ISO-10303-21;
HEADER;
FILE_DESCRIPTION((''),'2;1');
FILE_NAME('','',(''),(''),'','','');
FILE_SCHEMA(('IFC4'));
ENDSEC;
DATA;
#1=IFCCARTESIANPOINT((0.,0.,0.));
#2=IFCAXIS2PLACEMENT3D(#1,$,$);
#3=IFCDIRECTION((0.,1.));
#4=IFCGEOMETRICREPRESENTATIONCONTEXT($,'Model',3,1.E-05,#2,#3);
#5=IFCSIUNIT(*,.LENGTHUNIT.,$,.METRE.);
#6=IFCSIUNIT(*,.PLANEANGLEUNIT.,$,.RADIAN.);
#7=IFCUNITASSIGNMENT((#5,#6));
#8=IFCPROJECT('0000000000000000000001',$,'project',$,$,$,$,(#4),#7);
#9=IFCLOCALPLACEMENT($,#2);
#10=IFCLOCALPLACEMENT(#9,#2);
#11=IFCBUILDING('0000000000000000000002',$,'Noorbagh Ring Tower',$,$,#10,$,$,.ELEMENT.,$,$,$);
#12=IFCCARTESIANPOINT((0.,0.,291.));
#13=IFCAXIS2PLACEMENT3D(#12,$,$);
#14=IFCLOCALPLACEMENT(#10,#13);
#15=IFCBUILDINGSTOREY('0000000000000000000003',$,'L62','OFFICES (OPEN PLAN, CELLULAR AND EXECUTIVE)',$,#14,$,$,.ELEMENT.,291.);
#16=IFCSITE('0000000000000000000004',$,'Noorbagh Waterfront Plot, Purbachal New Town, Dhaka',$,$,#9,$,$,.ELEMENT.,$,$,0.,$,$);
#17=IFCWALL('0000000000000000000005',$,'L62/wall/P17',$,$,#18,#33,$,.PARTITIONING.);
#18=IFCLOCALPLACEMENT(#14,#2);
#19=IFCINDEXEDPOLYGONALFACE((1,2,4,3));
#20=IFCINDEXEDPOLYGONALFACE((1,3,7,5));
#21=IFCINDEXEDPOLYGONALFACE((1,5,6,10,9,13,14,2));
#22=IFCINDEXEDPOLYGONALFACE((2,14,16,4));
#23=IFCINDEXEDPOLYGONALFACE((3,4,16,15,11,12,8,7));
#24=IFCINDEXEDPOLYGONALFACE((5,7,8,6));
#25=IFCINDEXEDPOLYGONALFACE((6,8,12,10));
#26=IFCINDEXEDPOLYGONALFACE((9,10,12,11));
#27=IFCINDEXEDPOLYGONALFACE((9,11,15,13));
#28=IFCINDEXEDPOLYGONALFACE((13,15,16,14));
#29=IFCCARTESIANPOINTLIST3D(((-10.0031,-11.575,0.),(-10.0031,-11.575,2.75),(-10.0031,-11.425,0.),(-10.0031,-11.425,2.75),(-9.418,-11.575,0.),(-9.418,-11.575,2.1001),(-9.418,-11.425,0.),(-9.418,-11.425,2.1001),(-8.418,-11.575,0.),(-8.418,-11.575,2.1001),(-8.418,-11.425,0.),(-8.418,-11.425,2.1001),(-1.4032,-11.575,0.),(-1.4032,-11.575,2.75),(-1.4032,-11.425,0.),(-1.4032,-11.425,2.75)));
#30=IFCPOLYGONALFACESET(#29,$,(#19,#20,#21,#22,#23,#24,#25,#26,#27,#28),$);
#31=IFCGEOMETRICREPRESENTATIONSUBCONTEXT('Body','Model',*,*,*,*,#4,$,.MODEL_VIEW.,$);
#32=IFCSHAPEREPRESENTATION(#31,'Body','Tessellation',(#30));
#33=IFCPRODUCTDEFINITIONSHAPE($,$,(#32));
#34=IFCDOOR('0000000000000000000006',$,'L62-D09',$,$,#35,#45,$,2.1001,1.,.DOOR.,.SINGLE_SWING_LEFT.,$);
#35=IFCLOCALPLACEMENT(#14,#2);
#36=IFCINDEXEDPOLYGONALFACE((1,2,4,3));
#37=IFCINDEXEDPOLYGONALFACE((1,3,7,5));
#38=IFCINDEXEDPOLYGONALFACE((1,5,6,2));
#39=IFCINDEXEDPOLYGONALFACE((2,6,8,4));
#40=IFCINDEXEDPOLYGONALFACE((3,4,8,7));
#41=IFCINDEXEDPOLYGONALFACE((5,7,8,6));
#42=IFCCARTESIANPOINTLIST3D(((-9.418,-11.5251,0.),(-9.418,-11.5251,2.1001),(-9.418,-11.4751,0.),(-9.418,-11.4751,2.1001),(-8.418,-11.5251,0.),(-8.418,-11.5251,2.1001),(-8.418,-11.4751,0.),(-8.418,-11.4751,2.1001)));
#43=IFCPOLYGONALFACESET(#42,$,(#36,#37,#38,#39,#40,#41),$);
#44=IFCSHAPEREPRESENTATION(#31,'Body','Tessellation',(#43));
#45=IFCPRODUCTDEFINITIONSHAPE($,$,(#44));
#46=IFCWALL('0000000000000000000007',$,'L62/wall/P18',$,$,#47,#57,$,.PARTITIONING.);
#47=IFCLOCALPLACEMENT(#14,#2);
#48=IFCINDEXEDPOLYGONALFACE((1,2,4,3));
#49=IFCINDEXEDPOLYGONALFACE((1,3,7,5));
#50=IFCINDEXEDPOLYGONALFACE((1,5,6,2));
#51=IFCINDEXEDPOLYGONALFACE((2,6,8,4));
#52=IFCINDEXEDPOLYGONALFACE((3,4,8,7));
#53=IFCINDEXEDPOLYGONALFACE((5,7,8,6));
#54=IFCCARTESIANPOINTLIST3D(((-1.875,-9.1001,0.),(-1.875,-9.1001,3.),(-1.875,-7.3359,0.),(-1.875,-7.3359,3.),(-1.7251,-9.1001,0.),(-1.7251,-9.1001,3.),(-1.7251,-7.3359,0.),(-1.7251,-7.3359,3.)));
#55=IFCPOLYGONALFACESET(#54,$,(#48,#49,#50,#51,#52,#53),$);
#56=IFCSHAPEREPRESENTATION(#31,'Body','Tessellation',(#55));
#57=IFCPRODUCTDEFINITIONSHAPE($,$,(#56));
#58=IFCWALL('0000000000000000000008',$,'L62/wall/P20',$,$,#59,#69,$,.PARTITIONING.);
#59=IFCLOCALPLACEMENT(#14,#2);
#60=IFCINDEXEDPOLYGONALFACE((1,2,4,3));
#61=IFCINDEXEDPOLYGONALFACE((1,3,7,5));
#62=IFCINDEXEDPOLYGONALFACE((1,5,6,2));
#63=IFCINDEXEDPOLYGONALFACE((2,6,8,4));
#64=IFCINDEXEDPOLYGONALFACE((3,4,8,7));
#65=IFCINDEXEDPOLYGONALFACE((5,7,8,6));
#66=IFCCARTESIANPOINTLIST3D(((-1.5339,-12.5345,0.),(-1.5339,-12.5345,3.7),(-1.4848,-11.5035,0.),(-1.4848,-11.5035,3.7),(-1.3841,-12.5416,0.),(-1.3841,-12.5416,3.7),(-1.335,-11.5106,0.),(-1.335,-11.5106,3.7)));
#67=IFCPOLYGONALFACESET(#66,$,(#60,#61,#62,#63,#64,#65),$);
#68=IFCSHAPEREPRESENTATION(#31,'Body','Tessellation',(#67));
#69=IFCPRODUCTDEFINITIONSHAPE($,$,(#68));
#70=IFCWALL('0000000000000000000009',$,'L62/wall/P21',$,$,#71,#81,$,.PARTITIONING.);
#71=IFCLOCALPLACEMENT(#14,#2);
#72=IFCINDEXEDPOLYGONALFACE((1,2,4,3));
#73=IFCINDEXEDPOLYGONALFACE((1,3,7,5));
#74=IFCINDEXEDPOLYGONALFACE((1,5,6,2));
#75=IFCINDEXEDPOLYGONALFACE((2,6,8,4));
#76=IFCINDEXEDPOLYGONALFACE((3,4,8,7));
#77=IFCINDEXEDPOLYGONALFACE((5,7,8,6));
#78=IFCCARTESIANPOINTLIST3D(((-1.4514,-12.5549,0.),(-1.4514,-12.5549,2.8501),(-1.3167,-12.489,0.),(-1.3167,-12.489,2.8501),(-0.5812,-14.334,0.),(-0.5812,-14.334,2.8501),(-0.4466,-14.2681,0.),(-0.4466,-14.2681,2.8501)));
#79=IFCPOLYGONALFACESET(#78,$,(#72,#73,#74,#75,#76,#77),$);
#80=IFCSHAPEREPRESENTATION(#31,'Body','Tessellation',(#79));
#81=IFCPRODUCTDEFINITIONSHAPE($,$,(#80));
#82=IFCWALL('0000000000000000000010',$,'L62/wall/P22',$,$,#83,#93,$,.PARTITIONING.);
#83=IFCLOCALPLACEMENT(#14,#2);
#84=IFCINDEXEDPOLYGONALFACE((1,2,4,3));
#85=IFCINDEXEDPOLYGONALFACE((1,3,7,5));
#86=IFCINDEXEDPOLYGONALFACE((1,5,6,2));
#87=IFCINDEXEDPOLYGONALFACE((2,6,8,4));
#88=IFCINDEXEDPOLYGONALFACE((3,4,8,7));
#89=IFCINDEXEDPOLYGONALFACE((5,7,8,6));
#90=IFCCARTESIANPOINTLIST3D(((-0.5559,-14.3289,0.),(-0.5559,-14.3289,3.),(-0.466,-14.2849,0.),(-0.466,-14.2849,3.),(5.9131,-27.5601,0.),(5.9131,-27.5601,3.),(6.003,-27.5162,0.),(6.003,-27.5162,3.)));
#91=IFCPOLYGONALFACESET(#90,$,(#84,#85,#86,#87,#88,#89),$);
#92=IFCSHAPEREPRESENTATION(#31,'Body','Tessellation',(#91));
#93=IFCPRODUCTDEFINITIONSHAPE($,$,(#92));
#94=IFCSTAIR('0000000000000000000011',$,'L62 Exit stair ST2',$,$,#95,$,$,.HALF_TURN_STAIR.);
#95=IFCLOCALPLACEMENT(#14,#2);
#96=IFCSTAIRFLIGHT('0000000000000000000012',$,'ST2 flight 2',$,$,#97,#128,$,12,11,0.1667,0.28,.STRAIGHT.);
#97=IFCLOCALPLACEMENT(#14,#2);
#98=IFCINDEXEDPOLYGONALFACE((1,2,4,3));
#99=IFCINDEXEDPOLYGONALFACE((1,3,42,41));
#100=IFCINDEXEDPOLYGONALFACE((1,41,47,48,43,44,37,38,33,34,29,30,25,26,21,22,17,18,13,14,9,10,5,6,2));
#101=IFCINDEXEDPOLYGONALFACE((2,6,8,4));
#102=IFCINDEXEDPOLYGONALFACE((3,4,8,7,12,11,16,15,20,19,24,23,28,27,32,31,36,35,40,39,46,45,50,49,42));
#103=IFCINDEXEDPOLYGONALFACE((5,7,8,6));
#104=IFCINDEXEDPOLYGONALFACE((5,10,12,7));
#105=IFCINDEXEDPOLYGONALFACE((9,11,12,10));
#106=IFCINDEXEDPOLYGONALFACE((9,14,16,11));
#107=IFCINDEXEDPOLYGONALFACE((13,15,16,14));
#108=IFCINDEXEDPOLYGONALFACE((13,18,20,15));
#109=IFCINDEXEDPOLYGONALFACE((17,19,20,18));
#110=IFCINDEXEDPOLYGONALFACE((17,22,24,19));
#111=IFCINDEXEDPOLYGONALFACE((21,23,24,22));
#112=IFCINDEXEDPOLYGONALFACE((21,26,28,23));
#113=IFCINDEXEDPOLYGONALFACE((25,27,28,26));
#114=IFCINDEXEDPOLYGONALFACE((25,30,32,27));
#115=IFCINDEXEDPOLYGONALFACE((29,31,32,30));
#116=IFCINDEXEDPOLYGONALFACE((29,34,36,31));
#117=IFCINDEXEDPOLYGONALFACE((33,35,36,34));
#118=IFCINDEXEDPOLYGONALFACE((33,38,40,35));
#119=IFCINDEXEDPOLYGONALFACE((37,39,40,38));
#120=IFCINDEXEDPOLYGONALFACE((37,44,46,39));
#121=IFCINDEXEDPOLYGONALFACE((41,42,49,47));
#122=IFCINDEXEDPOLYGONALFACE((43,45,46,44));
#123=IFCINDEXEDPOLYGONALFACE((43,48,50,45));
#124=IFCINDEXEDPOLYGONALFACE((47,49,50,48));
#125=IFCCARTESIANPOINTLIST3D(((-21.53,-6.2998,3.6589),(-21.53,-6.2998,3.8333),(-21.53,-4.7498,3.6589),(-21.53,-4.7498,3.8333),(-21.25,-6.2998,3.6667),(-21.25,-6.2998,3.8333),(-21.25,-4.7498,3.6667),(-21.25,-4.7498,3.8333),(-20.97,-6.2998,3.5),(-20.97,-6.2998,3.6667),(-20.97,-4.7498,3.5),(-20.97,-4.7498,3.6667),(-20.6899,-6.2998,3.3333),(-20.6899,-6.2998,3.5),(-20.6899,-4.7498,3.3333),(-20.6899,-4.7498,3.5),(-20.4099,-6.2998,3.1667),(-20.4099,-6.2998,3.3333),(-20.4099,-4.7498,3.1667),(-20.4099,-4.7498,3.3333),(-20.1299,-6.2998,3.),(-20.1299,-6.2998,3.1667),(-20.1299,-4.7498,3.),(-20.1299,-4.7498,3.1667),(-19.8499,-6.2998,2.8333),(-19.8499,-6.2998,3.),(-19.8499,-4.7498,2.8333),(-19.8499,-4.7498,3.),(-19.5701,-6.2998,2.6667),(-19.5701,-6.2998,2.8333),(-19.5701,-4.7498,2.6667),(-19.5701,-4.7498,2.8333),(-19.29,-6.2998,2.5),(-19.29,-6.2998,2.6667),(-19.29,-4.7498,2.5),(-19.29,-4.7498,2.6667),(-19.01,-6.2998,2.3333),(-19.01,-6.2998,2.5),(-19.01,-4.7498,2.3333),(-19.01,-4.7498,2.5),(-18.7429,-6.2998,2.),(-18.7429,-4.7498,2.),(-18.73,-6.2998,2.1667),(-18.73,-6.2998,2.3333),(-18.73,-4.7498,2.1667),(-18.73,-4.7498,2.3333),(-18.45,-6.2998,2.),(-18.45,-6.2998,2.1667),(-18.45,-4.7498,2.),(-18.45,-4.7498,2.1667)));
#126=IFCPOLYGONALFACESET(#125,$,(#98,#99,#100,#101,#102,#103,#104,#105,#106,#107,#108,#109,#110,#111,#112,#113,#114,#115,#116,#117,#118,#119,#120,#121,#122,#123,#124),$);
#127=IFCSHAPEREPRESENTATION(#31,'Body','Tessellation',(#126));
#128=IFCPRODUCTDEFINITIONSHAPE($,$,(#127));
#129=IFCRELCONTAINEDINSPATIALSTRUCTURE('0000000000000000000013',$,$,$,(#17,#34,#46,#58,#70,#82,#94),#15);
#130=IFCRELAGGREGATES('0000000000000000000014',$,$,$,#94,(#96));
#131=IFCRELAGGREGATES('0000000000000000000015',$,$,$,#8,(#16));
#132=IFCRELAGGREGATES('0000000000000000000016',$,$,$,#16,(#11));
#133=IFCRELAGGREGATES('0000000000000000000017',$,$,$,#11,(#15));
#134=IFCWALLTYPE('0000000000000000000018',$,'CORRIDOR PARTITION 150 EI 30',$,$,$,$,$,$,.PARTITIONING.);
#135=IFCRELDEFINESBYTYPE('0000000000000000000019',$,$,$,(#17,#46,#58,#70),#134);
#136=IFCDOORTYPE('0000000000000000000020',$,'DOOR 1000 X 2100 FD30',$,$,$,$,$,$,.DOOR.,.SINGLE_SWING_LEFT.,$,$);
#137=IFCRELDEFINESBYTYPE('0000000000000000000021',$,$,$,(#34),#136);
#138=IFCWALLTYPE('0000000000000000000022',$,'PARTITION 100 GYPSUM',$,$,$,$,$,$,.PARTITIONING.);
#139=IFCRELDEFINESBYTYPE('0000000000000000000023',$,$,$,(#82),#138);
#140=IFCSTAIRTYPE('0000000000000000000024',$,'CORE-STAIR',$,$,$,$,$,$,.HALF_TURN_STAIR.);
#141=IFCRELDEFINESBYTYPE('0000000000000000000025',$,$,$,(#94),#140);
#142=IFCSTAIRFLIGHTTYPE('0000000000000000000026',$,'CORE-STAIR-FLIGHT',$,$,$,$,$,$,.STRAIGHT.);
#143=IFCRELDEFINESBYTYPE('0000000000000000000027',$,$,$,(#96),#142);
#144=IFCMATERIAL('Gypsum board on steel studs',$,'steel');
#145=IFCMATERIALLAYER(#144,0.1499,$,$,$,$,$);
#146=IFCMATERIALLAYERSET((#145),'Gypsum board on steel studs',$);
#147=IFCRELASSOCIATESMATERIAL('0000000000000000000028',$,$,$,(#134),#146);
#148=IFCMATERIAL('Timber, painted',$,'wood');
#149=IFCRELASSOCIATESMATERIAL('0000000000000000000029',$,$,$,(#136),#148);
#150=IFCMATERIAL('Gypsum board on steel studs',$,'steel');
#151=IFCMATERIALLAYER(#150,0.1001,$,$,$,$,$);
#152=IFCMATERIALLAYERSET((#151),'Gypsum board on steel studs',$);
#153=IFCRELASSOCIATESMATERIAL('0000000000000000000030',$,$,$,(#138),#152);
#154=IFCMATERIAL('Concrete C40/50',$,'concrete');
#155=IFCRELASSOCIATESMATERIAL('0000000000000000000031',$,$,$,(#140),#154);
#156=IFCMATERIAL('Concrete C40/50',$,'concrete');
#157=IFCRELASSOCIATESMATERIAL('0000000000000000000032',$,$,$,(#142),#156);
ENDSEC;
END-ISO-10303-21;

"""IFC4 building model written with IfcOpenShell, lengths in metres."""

from ifc_helpers import new_model, si_unit, direction, frame, frame_2d, origin, place, context, subcontext, project, spatial, polyline, rectangle, outline, extrude, material, layer, layer_set, type_object, element, fill, aggregate, save


model = new_model("IFC4")

# Units and contexts
model_context = context("Model", 3, precision=1e-05, world=origin(), true_north=direction((0.0, 1.0)))
body_context = subcontext(model_context, "Body", "Model", "MODEL_VIEW")
ifc_project = project(units=[si_unit("LENGTHUNIT", "METRE"), si_unit("PLANEANGLEUNIT", "RADIAN")], contexts=[model_context])

# Site, building, storey
site_placement = place(None, origin())
site = spatial("IfcSite", under=ifc_project, at=site_placement, Name="Noorbagh Waterfront Plot, Purbachal New Town, Dhaka", CompositionType="ELEMENT", RefElevation=0.0)
building_placement = place(site_placement, origin())
building = spatial("IfcBuilding", under=site, at=building_placement, Name="Noorbagh Ring Tower", CompositionType="ELEMENT")
storey_placement = place(building_placement, frame((0.0, 0.0, 291.0)))
storey = spatial("IfcBuildingStorey", under=building, at=storey_placement, Name="L62", Description="OFFICES (OPEN PLAN, CELLULAR AND EXECUTIVE)", CompositionType="ELEMENT", Elevation=291.0)

# Shared definitions
ifc_material_1 = material(Name="Gypsum board on steel studs", Category="steel")
ifc_layer_1 = layer(ifc_material_1, 0.1499)
ifc_layer_set_1 = layer_set([ifc_layer_1], Name="Gypsum board on steel studs")
wall_type_1 = type_object("IfcWallType", Name="CORRIDOR PARTITION 150 EI 30", PredefinedType="PARTITIONING", material=ifc_layer_set_1)

# Shared definitions
ifc_material_2 = material(Name="Timber, painted", Category="wood")
door_type_1 = type_object("IfcDoorType", Name="DOOR 1000 X 2100 FD30", OperationType="SINGLE_SWING_LEFT", PredefinedType="DOOR", material=ifc_material_2)

# Wall, opening, door
wall_1_placement = place(storey_placement, frame((-10.0029, -11.5, 0.0), z_axis=(0.0, 0.0, 1.0), x_axis=(1.0, 0.0, 0.0)))
wall_1 = element("IfcWall", 1, at=wall_1_placement, inside=storey, type_object=wall_type_1, Name="L62/wall/P17", PredefinedType="PARTITIONING", context=body_context, shape_type="SweptSolid", body=[
    extrude(rectangle(XDim=8.5999, YDim=0.1499, at=frame_2d((4.2998, 0.0))), origin(), (0.0, 0.0, 1.0), 2.75),
])
opening_1_placement = place(wall_1_placement, frame((0.585, 0.0, 0.0)))
opening_1 = element("IfcOpeningElement", 2, at=opening_1_placement, cuts=wall_1, PredefinedType="OPENING", context=body_context, shape_type="SweptSolid", body=[
    extrude(rectangle(XDim=1.0, YDim=2.1001, at=frame_2d((0.5, 1.05))), frame((0.0, 0.085, 0.0), z_axis=(0.0, -1.0, 0.0), x_axis=(1.0, 0.0, 0.0)), (0.0, 0.0, 1.0), 0.1699),
])
door_1_placement = place(opening_1_placement, origin())
door_1 = element("IfcDoor", 3, at=door_1_placement, inside=storey, type_object=door_type_1, Name="L62-D09", OperationType="SINGLE_SWING_LEFT", OverallHeight=2.1001, OverallWidth=1.0, PredefinedType="DOOR", context=body_context, shape_type="SweptSolid", body=[
    extrude(rectangle(XDim=1.0, YDim=2.1001, at=frame_2d((0.5, 1.05))), frame((0.0, 0.0249, 0.0), z_axis=(0.0, -1.0, 0.0), x_axis=(1.0, 0.0, 0.0)), (0.0, 0.0, 1.0), 0.05),
])
fill(opening_1, door_1)

# Walls
wall_2_placement = place(storey_placement, frame((-1.8, -9.1001, 0.0), z_axis=(0.0, 0.0, 1.0), x_axis=(0.0, 1.0, 0.0)))
element("IfcWall", 4, at=wall_2_placement, inside=storey, type_object=wall_type_1, Name="L62/wall/P18", PredefinedType="PARTITIONING", context=body_context, shape_type="SweptSolid", body=[
    extrude(rectangle(XDim=1.7642, YDim=0.1499, at=frame_2d((0.8821, 0.0))), origin(), (0.0, 0.0, 1.0), 3.0),
])
wall_3_placement = place(storey_placement, frame((-1.459, -12.5381, 0.0), z_axis=(0.0, 0.0, 1.0), x_axis=(0.047543, 0.998869, 0.0)))
element("IfcWall", 5, at=wall_3_placement, inside=storey, type_object=wall_type_1, Name="L62/wall/P20", PredefinedType="PARTITIONING", context=body_context, shape_type="SweptSolid", body=[
    extrude(rectangle(XDim=1.0322, YDim=0.1499, at=frame_2d((0.5161, 0.0))), origin(), (0.0, 0.0, 1.0), 3.7),
])
wall_4_placement = place(storey_placement, frame((-1.384, -12.522, 0.0), z_axis=(0.0, 0.0, 1.0), x_axis=(0.439356, -0.898313, 0.0)))
element("IfcWall", 6, at=wall_4_placement, inside=storey, type_object=wall_type_1, Name="L62/wall/P21", PredefinedType="PARTITIONING", context=body_context, shape_type="SweptSolid", body=[
    extrude(rectangle(XDim=1.9805, YDim=0.1499, at=frame_2d((0.9902, 0.0))), origin(), (0.0, 0.0, 1.0), 2.8501),
])
ifc_material_3 = material(Name="Gypsum board on steel studs", Category="steel")
ifc_layer_2 = layer(ifc_material_3, 0.1001)
ifc_layer_set_2 = layer_set([ifc_layer_2], Name="Gypsum board on steel studs")
wall_type_2 = type_object("IfcWallType", Name="PARTITION 100 GYPSUM", PredefinedType="PARTITIONING", material=ifc_layer_set_2)
wall_5_placement = place(storey_placement, frame((-0.511, -14.3069, 0.0), z_axis=(0.0, 0.0, 1.0), x_axis=(0.439232, -0.898373, 0.0)))
element("IfcWall", 7, at=wall_5_placement, inside=storey, type_object=wall_type_2, Name="L62/wall/P22", PredefinedType="PARTITIONING", context=body_context, shape_type="SweptSolid", body=[
    extrude(rectangle(XDim=14.728, YDim=0.1001, at=frame_2d((7.364, 0.0))), origin(), (0.0, 0.0, 1.0), 3.0),
])

# Stair, stair flight
ifc_material_4 = material(Name="Concrete C40/50", Category="concrete")
stair_type = type_object("IfcStairType", Name="CORE-STAIR", PredefinedType="HALF_TURN_STAIR", material=ifc_material_4)
stair_placement = place(storey_placement, origin())
stair = element("IfcStair", 8, at=stair_placement, inside=storey, type_object=stair_type, Name="L62 Exit stair ST2", PredefinedType="HALF_TURN_STAIR")
ifc_material_5 = material(Name="Concrete C40/50", Category="concrete")
stair_flight_type = type_object("IfcStairFlightType", Name="CORE-STAIR-FLIGHT", PredefinedType="STRAIGHT", material=ifc_material_5)
stair_flight_placement = place(storey_placement, frame((-18.45, -5.5249, 2.0), z_axis=(0.0, 0.0, 1.0), x_axis=(-1.0, 0.0, 0.0)))
stair_flight = element("IfcStairFlight", 9, at=stair_flight_placement, type_object=stair_flight_type, Name="ST2 flight 2", NumberOfRisers=12, NumberOfTreads=11, PredefinedType="STRAIGHT", RiserHeight=0.1667, TreadLength=0.28, context=body_context, shape_type="SweptSolid", body=[
    extrude(outline(polyline([(0.0, 0.0), (0.0, 0.1667), (0.28, 0.1667), (0.28, 0.3333), (0.5601, 0.3333), (0.5601, 0.5), (0.8401, 0.5), (0.8401, 0.6667), (1.1201, 0.6667), (1.1201, 0.8333), (1.3999, 0.8333), (1.3999, 1.0), (1.6799, 1.0), (1.6799, 1.1667), (1.96, 1.1667), (1.96, 1.3333), (2.24, 1.3333), (2.24, 1.5), (2.52, 1.5), (2.52, 1.6667), (2.8, 1.6667), (2.8, 1.8333), (3.0801, 1.8333), (3.0801, 2.0), (3.0801, 1.6589), (0.293, 0.0), (0.0, 0.0)])), frame((0.0, 0.7749, 0.0), z_axis=(0.0, -1.0, 0.0), x_axis=(1.0, 0.0, 0.0)), (0.0, 0.0, 1.0), 1.55),
])
aggregate(stair, [stair_flight])

save(model, "model.ifc")
